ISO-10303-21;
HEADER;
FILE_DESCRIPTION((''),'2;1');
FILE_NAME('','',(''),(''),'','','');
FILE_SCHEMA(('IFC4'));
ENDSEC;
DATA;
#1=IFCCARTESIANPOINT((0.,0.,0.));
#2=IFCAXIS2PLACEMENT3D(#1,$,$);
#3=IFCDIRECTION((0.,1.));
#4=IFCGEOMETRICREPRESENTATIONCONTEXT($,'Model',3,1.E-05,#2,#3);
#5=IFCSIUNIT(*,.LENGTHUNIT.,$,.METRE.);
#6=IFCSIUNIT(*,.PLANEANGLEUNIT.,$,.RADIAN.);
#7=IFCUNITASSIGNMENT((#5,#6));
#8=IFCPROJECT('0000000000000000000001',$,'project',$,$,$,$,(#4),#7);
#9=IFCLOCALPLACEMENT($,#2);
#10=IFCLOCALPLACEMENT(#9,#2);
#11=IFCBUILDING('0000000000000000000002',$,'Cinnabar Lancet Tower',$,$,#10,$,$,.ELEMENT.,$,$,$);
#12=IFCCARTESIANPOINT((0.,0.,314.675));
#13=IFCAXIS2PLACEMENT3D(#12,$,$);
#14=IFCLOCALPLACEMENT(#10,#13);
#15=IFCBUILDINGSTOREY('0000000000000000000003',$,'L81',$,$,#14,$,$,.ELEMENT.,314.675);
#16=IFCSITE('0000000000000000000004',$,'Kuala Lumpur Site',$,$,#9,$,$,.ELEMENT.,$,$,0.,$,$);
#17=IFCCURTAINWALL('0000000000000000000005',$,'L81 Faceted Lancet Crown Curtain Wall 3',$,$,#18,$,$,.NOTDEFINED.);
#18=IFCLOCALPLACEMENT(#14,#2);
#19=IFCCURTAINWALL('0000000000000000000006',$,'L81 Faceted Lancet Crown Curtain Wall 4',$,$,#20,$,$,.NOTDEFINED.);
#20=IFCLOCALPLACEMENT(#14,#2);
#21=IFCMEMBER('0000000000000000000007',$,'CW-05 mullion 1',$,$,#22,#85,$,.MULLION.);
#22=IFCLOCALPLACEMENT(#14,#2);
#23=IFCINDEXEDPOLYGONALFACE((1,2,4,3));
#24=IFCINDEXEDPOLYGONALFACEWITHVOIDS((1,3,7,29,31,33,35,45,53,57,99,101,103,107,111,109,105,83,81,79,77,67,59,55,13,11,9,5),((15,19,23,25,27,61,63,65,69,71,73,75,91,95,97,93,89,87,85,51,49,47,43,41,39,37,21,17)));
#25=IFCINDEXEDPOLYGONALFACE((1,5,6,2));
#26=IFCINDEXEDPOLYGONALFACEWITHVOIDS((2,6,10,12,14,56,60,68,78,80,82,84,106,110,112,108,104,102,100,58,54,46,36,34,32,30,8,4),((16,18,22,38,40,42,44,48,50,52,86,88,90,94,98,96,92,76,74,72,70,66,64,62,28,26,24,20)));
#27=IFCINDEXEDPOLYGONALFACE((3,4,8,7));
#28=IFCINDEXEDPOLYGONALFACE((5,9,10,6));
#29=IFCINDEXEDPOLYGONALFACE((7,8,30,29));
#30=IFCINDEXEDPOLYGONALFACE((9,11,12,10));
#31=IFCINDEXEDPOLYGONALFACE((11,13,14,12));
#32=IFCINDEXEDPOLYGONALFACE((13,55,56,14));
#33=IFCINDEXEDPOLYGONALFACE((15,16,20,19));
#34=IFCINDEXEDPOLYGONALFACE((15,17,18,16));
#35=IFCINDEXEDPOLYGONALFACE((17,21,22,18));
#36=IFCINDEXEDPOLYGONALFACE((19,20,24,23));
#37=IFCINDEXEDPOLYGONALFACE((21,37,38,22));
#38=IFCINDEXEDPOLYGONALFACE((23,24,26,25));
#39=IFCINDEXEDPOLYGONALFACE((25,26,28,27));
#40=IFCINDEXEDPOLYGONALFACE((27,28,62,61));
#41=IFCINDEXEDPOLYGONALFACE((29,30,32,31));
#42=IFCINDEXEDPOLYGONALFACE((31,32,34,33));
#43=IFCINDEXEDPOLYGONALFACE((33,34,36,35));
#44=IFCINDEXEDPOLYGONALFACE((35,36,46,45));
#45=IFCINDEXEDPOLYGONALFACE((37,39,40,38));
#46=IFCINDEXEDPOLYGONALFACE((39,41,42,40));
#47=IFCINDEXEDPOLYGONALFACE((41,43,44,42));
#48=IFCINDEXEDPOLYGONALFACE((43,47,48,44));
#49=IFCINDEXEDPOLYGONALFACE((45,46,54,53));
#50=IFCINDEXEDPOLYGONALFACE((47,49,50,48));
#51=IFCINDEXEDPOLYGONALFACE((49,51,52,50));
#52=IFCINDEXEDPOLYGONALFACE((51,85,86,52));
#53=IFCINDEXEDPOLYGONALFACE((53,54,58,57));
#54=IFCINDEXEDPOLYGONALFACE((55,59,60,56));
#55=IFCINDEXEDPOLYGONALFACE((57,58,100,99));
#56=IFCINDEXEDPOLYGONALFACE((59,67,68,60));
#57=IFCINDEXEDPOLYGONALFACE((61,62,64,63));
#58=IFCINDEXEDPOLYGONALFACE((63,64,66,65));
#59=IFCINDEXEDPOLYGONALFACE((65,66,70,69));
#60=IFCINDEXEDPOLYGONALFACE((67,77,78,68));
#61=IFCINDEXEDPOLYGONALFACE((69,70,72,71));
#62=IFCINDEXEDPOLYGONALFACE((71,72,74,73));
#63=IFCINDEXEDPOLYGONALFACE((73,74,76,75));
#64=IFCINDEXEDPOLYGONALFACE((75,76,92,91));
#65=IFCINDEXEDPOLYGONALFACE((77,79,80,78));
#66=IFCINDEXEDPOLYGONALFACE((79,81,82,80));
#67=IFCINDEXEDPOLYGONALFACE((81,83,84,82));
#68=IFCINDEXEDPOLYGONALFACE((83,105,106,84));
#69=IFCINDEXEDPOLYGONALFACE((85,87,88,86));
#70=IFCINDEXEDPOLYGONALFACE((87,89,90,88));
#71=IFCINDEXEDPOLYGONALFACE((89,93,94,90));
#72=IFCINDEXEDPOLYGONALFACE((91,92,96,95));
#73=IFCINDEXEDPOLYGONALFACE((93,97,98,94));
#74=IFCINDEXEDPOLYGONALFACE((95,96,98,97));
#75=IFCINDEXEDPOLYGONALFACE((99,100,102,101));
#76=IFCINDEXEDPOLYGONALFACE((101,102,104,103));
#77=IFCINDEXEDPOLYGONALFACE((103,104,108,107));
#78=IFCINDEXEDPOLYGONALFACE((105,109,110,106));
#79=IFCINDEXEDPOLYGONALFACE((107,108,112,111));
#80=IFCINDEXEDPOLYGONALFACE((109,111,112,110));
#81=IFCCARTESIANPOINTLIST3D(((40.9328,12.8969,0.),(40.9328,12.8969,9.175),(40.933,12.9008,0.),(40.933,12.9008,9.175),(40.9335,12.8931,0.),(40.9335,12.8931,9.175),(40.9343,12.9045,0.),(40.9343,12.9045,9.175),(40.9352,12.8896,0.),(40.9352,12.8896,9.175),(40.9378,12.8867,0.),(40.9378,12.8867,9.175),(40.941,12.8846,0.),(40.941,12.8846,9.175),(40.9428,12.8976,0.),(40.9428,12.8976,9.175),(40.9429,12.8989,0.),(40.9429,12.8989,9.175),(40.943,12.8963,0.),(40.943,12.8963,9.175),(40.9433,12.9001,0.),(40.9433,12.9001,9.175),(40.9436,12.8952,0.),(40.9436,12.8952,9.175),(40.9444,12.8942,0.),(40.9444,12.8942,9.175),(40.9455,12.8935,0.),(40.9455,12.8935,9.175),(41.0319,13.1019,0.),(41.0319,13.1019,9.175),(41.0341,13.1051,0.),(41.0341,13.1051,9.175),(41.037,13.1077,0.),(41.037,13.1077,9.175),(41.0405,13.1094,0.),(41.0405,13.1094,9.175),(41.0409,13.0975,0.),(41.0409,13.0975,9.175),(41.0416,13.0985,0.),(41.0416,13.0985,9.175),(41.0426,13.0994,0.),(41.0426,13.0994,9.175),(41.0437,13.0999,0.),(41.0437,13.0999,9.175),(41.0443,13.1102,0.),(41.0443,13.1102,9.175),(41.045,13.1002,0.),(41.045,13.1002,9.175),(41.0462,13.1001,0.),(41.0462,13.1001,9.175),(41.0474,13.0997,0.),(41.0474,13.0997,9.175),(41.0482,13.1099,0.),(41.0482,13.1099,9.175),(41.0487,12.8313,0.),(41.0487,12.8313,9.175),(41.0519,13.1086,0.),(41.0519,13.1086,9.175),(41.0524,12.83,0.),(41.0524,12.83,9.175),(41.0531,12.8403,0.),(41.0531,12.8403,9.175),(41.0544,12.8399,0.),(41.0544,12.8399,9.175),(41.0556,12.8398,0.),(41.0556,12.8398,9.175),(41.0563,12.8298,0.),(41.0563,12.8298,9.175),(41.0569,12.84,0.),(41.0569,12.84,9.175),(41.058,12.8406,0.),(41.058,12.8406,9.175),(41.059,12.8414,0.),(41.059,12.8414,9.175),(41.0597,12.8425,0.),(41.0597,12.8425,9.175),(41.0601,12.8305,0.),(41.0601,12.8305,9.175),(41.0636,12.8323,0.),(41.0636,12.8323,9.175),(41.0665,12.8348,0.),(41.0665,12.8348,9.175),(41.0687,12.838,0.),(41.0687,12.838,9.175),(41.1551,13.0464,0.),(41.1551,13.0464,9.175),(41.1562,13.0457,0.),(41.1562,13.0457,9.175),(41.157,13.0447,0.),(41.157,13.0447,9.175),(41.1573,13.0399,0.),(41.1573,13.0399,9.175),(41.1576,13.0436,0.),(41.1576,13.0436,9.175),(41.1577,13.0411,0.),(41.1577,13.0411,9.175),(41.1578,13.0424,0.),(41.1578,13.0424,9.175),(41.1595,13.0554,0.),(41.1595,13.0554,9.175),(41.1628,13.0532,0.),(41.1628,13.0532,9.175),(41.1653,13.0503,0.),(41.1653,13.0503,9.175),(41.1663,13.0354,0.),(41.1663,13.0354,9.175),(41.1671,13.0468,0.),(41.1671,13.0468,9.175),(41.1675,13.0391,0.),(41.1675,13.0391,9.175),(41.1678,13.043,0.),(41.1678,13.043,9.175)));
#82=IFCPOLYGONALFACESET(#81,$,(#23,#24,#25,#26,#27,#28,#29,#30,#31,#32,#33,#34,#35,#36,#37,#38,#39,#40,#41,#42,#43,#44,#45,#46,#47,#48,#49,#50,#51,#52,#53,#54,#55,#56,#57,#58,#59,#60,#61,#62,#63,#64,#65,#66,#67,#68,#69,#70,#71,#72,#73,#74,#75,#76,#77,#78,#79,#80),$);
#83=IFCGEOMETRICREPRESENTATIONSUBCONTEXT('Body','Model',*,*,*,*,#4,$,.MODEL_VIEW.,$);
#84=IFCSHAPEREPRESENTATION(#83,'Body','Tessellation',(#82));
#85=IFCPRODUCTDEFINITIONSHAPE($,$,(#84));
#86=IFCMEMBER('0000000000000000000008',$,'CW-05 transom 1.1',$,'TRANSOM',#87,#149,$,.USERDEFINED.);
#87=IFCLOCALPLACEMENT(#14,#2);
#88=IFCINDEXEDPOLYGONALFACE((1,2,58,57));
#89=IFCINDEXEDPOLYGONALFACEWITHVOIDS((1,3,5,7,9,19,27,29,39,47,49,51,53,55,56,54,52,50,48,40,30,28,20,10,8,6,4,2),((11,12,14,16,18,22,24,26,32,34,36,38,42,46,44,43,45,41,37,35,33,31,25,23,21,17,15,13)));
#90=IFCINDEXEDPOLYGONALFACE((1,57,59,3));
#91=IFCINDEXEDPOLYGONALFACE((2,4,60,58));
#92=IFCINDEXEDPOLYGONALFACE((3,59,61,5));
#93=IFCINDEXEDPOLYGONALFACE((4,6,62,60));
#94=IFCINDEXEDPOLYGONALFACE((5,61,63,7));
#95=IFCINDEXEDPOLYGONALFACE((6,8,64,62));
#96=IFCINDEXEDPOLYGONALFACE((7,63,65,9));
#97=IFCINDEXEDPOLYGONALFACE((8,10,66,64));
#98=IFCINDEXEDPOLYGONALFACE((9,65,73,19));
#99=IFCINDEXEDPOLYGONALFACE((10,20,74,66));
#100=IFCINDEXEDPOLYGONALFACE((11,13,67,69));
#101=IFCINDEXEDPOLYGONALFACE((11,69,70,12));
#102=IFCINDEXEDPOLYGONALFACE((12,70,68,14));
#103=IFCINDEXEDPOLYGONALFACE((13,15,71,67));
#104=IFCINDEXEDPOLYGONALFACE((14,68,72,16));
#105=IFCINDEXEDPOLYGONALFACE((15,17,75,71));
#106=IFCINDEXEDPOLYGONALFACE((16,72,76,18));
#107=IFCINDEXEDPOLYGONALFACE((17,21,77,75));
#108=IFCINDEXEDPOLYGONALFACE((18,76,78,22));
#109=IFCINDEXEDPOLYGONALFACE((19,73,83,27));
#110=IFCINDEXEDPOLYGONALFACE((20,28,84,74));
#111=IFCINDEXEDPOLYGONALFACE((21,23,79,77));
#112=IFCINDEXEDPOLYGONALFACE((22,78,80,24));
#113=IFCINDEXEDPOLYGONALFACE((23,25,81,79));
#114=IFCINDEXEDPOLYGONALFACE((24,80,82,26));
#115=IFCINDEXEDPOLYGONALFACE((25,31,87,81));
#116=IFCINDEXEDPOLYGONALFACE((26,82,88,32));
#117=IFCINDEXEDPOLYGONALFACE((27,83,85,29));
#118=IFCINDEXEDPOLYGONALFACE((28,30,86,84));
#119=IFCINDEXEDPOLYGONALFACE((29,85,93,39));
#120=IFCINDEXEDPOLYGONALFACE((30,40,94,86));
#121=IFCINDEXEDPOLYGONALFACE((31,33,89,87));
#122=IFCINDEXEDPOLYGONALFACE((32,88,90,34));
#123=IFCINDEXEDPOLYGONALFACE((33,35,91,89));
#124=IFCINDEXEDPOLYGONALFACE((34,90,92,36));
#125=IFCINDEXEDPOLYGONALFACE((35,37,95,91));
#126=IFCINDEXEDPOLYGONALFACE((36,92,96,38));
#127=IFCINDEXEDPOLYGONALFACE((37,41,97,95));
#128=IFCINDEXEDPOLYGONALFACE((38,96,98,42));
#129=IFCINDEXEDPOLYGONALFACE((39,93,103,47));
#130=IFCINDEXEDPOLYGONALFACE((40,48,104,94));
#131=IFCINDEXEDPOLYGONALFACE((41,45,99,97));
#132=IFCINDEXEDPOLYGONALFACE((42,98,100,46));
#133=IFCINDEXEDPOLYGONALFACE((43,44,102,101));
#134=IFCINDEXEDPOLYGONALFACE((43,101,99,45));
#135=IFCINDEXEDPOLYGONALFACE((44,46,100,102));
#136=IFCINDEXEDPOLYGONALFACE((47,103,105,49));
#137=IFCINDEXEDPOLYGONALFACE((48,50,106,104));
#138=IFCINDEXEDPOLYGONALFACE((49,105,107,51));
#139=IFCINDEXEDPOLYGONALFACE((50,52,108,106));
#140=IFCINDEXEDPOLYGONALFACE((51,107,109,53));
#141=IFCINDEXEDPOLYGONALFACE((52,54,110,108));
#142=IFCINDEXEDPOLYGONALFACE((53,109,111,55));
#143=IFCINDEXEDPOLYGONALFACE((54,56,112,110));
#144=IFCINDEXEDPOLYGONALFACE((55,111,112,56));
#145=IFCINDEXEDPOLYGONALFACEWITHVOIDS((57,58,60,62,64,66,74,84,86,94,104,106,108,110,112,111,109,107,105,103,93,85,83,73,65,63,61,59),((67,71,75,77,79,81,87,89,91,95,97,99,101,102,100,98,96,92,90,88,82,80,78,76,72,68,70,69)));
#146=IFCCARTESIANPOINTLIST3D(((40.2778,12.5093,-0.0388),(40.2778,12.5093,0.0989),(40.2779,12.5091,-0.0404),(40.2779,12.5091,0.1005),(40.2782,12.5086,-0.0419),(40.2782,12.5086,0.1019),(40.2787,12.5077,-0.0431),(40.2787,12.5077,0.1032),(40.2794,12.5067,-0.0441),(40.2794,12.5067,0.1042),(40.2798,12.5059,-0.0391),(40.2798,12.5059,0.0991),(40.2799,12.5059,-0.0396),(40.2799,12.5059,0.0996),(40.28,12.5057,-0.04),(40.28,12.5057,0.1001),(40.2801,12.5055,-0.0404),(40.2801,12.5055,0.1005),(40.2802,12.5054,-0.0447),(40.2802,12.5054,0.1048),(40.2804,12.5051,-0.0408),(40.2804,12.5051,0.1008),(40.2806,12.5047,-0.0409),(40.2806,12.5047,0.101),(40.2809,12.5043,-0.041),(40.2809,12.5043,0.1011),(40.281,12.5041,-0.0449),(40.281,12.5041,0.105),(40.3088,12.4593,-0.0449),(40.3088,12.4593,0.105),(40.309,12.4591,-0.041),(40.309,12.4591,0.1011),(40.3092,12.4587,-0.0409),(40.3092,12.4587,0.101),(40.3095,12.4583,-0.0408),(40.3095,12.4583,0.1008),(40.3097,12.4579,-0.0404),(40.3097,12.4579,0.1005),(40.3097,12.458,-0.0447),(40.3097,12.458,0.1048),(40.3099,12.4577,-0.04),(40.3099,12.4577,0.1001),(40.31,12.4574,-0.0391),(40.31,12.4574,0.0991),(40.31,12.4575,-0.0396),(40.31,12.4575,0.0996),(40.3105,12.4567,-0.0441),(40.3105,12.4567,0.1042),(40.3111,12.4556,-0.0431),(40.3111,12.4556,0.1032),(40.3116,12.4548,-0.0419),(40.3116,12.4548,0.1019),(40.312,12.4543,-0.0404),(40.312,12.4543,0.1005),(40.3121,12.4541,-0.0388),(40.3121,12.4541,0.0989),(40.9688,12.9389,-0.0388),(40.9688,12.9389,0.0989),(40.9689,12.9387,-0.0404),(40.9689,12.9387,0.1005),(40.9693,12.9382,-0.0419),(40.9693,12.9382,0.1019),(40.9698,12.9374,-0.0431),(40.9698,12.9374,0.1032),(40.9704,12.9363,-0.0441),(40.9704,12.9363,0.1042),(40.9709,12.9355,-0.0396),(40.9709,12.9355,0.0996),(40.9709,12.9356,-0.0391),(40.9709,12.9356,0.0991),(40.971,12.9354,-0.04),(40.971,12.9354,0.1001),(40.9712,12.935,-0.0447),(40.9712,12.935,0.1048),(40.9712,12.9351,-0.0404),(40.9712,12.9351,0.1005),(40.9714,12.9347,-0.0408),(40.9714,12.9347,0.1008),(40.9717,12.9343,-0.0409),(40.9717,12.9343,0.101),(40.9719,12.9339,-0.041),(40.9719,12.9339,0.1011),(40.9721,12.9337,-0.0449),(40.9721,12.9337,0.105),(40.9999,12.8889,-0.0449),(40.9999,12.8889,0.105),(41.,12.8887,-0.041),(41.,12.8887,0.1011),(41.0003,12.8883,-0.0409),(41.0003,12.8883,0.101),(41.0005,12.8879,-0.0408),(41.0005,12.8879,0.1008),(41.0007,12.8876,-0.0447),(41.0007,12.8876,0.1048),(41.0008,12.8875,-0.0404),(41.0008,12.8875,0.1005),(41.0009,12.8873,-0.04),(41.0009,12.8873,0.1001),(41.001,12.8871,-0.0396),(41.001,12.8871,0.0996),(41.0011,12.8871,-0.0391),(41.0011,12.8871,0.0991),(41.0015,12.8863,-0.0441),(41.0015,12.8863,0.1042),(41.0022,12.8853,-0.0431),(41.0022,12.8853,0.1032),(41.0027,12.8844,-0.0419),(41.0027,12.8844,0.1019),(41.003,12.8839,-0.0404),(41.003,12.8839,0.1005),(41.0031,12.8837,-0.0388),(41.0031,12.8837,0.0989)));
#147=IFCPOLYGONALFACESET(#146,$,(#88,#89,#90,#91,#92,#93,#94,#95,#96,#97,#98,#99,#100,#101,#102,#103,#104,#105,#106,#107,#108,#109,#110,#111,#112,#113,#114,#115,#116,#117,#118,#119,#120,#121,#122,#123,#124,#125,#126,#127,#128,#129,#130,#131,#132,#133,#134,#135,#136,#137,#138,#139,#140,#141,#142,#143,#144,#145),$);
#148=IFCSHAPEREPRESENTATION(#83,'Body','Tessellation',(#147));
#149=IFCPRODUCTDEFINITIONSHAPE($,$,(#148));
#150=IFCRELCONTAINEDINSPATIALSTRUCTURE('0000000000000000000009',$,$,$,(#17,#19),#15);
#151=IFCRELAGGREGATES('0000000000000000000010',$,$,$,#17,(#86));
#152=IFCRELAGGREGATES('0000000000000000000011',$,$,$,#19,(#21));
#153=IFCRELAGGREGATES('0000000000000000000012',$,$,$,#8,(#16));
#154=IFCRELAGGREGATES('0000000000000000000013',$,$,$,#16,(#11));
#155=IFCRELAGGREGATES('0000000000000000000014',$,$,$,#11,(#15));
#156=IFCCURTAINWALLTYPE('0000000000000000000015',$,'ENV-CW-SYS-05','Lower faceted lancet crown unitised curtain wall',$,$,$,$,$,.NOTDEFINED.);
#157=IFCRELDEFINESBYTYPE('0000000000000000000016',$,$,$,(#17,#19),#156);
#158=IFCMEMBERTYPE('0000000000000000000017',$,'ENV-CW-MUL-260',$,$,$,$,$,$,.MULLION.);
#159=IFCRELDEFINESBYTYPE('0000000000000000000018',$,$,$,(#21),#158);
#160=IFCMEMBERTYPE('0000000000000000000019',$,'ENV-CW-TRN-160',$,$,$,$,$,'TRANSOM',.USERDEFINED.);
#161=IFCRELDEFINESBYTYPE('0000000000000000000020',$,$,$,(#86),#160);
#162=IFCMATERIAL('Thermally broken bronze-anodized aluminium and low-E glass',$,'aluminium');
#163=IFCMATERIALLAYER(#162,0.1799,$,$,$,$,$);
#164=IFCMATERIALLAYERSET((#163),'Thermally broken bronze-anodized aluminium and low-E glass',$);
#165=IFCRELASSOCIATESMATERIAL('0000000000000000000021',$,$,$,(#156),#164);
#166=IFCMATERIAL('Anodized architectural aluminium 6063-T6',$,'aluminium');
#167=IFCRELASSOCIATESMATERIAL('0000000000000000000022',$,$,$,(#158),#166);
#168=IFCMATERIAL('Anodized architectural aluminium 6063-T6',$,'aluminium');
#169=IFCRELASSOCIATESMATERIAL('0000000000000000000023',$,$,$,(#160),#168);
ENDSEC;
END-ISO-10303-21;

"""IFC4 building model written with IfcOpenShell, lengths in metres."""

from ifc_helpers import new_model, si_unit, direction, frame, origin, origin_2d, place, context, subcontext, project, spatial, hollow_rectangle, extrude, material, layer, layer_set, material_profile, profile_set, type_object, element, aggregate, save


model = new_model("IFC4")

# Units and contexts
model_context = context("Model", 3, precision=1e-05, world=origin(), true_north=direction((0.0, 1.0)))
body_context = subcontext(model_context, "Body", "Model", "MODEL_VIEW")
ifc_project = project(units=[si_unit("LENGTHUNIT", "METRE"), si_unit("PLANEANGLEUNIT", "RADIAN")], contexts=[model_context])

# Site, building, storey
site_placement = place(None, origin())
site = spatial("IfcSite", under=ifc_project, at=site_placement, Name="Kuala Lumpur Site", CompositionType="ELEMENT", RefElevation=0.0)
building_placement = place(site_placement, origin())
building = spatial("IfcBuilding", under=site, at=building_placement, Name="Cinnabar Lancet Tower", CompositionType="ELEMENT")
storey_placement = place(building_placement, frame((0.0, 0.0, 314.675)))
storey = spatial("IfcBuildingStorey", under=building, at=storey_placement, Name="L81", CompositionType="ELEMENT", Elevation=314.675)

# Curtain walls, member
ifc_material_1 = material(Name="Thermally broken bronze-anodized aluminium and low-E glass", Category="aluminium")
ifc_layer_1 = layer(ifc_material_1, 0.1799)
ifc_layer_set_1 = layer_set([ifc_layer_1], Name="Thermally broken bronze-anodized aluminium and low-E glass")
curtain_wall_type = type_object("IfcCurtainWallType", Name="ENV-CW-SYS-05", Description="Lower faceted lancet crown unitised curtain wall", PredefinedType="NOTDEFINED", material=ifc_layer_set_1)
curtain_wall_1_placement = place(storey_placement, origin())
curtain_wall_1 = element("IfcCurtainWall", 1, at=curtain_wall_1_placement, inside=storey, type_object=curtain_wall_type, Name="L81 Faceted Lancet Crown Curtain Wall 3", PredefinedType="NOTDEFINED")
ifc_material_2 = material(Name="Anodized architectural aluminium 6063-T6", Category="aluminium")
ifc_material_profile_1 = material_profile(ifc_material_2, hollow_rectangle(XDim=0.1499, YDim=0.25, WallThickness=0.01, InnerFilletRadius=0.0049, OuterFilletRadius=0.0149, at=origin_2d()), Name="RHS 250x150x10")
ifc_profile_set_1 = profile_set([ifc_material_profile_1], Name="Anodized architectural aluminium 6063-T6")
member_type_1 = type_object("IfcMemberType", Name="ENV-CW-MUL-260", PredefinedType="MULLION", material=ifc_profile_set_1)
curtain_wall_2_placement = place(storey_placement, origin())
curtain_wall_2 = element("IfcCurtainWall", 2, at=curtain_wall_2_placement, inside=storey, type_object=curtain_wall_type, Name="L81 Faceted Lancet Crown Curtain Wall 4", PredefinedType="NOTDEFINED")
member_1_placement = place(storey_placement, frame((41.0503, 12.97, 0.0), z_axis=(0.0, 0.0, 1.0), x_axis=(-0.896343, 0.443362, 0.0)))
member_1 = element("IfcMember", 3, at=member_1_placement, type_object=member_type_1, Name="CW-05 mullion 1", PredefinedType="MULLION", context=body_context, shape_type="SweptSolid", body=[
    extrude(hollow_rectangle(XDim=0.1499, YDim=0.25, WallThickness=0.01, InnerFilletRadius=0.0049, OuterFilletRadius=0.0149, at=origin_2d()), origin(), (0.0, 0.0, 1.0), 9.175),
])

# Member
ifc_material_3 = material(Name="Anodized architectural aluminium 6063-T6", Category="aluminium")
ifc_material_profile_2 = material_profile(ifc_material_3, hollow_rectangle(XDim=0.0649, YDim=0.1499, WallThickness=0.0039, InnerFilletRadius=0.002, OuterFilletRadius=0.0061, at=origin_2d()), Name="CW-TRN 150x65x4")
ifc_profile_set_2 = profile_set([ifc_material_profile_2], Name="Anodized architectural aluminium 6063-T6")
member_type_2 = type_object("IfcMemberType", Name="ENV-CW-TRN-160", ElementType="TRANSOM", PredefinedType="USERDEFINED", material=ifc_profile_set_2)
member_2_placement = place(storey_placement, frame((40.2949, 12.4817, 0.03), z_axis=(0.84926, 0.527975, 0.0), x_axis=(-0.527975, 0.84926, 0.0)))
member_2 = element("IfcMember", 4, at=member_2_placement, type_object=member_type_2, Name="CW-05 transom 1.1", ObjectType="TRANSOM", PredefinedType="USERDEFINED", context=body_context, shape_type="SweptSolid", body=[
    extrude(hollow_rectangle(XDim=0.0649, YDim=0.1499, WallThickness=0.0039, InnerFilletRadius=0.002, OuterFilletRadius=0.0061, at=origin_2d()), origin(), (0.0, 0.0, 1.0), 0.8137),
])

aggregate(curtain_wall_1, [member_2])
aggregate(curtain_wall_2, [member_1])

save(model, "model.ifc")
